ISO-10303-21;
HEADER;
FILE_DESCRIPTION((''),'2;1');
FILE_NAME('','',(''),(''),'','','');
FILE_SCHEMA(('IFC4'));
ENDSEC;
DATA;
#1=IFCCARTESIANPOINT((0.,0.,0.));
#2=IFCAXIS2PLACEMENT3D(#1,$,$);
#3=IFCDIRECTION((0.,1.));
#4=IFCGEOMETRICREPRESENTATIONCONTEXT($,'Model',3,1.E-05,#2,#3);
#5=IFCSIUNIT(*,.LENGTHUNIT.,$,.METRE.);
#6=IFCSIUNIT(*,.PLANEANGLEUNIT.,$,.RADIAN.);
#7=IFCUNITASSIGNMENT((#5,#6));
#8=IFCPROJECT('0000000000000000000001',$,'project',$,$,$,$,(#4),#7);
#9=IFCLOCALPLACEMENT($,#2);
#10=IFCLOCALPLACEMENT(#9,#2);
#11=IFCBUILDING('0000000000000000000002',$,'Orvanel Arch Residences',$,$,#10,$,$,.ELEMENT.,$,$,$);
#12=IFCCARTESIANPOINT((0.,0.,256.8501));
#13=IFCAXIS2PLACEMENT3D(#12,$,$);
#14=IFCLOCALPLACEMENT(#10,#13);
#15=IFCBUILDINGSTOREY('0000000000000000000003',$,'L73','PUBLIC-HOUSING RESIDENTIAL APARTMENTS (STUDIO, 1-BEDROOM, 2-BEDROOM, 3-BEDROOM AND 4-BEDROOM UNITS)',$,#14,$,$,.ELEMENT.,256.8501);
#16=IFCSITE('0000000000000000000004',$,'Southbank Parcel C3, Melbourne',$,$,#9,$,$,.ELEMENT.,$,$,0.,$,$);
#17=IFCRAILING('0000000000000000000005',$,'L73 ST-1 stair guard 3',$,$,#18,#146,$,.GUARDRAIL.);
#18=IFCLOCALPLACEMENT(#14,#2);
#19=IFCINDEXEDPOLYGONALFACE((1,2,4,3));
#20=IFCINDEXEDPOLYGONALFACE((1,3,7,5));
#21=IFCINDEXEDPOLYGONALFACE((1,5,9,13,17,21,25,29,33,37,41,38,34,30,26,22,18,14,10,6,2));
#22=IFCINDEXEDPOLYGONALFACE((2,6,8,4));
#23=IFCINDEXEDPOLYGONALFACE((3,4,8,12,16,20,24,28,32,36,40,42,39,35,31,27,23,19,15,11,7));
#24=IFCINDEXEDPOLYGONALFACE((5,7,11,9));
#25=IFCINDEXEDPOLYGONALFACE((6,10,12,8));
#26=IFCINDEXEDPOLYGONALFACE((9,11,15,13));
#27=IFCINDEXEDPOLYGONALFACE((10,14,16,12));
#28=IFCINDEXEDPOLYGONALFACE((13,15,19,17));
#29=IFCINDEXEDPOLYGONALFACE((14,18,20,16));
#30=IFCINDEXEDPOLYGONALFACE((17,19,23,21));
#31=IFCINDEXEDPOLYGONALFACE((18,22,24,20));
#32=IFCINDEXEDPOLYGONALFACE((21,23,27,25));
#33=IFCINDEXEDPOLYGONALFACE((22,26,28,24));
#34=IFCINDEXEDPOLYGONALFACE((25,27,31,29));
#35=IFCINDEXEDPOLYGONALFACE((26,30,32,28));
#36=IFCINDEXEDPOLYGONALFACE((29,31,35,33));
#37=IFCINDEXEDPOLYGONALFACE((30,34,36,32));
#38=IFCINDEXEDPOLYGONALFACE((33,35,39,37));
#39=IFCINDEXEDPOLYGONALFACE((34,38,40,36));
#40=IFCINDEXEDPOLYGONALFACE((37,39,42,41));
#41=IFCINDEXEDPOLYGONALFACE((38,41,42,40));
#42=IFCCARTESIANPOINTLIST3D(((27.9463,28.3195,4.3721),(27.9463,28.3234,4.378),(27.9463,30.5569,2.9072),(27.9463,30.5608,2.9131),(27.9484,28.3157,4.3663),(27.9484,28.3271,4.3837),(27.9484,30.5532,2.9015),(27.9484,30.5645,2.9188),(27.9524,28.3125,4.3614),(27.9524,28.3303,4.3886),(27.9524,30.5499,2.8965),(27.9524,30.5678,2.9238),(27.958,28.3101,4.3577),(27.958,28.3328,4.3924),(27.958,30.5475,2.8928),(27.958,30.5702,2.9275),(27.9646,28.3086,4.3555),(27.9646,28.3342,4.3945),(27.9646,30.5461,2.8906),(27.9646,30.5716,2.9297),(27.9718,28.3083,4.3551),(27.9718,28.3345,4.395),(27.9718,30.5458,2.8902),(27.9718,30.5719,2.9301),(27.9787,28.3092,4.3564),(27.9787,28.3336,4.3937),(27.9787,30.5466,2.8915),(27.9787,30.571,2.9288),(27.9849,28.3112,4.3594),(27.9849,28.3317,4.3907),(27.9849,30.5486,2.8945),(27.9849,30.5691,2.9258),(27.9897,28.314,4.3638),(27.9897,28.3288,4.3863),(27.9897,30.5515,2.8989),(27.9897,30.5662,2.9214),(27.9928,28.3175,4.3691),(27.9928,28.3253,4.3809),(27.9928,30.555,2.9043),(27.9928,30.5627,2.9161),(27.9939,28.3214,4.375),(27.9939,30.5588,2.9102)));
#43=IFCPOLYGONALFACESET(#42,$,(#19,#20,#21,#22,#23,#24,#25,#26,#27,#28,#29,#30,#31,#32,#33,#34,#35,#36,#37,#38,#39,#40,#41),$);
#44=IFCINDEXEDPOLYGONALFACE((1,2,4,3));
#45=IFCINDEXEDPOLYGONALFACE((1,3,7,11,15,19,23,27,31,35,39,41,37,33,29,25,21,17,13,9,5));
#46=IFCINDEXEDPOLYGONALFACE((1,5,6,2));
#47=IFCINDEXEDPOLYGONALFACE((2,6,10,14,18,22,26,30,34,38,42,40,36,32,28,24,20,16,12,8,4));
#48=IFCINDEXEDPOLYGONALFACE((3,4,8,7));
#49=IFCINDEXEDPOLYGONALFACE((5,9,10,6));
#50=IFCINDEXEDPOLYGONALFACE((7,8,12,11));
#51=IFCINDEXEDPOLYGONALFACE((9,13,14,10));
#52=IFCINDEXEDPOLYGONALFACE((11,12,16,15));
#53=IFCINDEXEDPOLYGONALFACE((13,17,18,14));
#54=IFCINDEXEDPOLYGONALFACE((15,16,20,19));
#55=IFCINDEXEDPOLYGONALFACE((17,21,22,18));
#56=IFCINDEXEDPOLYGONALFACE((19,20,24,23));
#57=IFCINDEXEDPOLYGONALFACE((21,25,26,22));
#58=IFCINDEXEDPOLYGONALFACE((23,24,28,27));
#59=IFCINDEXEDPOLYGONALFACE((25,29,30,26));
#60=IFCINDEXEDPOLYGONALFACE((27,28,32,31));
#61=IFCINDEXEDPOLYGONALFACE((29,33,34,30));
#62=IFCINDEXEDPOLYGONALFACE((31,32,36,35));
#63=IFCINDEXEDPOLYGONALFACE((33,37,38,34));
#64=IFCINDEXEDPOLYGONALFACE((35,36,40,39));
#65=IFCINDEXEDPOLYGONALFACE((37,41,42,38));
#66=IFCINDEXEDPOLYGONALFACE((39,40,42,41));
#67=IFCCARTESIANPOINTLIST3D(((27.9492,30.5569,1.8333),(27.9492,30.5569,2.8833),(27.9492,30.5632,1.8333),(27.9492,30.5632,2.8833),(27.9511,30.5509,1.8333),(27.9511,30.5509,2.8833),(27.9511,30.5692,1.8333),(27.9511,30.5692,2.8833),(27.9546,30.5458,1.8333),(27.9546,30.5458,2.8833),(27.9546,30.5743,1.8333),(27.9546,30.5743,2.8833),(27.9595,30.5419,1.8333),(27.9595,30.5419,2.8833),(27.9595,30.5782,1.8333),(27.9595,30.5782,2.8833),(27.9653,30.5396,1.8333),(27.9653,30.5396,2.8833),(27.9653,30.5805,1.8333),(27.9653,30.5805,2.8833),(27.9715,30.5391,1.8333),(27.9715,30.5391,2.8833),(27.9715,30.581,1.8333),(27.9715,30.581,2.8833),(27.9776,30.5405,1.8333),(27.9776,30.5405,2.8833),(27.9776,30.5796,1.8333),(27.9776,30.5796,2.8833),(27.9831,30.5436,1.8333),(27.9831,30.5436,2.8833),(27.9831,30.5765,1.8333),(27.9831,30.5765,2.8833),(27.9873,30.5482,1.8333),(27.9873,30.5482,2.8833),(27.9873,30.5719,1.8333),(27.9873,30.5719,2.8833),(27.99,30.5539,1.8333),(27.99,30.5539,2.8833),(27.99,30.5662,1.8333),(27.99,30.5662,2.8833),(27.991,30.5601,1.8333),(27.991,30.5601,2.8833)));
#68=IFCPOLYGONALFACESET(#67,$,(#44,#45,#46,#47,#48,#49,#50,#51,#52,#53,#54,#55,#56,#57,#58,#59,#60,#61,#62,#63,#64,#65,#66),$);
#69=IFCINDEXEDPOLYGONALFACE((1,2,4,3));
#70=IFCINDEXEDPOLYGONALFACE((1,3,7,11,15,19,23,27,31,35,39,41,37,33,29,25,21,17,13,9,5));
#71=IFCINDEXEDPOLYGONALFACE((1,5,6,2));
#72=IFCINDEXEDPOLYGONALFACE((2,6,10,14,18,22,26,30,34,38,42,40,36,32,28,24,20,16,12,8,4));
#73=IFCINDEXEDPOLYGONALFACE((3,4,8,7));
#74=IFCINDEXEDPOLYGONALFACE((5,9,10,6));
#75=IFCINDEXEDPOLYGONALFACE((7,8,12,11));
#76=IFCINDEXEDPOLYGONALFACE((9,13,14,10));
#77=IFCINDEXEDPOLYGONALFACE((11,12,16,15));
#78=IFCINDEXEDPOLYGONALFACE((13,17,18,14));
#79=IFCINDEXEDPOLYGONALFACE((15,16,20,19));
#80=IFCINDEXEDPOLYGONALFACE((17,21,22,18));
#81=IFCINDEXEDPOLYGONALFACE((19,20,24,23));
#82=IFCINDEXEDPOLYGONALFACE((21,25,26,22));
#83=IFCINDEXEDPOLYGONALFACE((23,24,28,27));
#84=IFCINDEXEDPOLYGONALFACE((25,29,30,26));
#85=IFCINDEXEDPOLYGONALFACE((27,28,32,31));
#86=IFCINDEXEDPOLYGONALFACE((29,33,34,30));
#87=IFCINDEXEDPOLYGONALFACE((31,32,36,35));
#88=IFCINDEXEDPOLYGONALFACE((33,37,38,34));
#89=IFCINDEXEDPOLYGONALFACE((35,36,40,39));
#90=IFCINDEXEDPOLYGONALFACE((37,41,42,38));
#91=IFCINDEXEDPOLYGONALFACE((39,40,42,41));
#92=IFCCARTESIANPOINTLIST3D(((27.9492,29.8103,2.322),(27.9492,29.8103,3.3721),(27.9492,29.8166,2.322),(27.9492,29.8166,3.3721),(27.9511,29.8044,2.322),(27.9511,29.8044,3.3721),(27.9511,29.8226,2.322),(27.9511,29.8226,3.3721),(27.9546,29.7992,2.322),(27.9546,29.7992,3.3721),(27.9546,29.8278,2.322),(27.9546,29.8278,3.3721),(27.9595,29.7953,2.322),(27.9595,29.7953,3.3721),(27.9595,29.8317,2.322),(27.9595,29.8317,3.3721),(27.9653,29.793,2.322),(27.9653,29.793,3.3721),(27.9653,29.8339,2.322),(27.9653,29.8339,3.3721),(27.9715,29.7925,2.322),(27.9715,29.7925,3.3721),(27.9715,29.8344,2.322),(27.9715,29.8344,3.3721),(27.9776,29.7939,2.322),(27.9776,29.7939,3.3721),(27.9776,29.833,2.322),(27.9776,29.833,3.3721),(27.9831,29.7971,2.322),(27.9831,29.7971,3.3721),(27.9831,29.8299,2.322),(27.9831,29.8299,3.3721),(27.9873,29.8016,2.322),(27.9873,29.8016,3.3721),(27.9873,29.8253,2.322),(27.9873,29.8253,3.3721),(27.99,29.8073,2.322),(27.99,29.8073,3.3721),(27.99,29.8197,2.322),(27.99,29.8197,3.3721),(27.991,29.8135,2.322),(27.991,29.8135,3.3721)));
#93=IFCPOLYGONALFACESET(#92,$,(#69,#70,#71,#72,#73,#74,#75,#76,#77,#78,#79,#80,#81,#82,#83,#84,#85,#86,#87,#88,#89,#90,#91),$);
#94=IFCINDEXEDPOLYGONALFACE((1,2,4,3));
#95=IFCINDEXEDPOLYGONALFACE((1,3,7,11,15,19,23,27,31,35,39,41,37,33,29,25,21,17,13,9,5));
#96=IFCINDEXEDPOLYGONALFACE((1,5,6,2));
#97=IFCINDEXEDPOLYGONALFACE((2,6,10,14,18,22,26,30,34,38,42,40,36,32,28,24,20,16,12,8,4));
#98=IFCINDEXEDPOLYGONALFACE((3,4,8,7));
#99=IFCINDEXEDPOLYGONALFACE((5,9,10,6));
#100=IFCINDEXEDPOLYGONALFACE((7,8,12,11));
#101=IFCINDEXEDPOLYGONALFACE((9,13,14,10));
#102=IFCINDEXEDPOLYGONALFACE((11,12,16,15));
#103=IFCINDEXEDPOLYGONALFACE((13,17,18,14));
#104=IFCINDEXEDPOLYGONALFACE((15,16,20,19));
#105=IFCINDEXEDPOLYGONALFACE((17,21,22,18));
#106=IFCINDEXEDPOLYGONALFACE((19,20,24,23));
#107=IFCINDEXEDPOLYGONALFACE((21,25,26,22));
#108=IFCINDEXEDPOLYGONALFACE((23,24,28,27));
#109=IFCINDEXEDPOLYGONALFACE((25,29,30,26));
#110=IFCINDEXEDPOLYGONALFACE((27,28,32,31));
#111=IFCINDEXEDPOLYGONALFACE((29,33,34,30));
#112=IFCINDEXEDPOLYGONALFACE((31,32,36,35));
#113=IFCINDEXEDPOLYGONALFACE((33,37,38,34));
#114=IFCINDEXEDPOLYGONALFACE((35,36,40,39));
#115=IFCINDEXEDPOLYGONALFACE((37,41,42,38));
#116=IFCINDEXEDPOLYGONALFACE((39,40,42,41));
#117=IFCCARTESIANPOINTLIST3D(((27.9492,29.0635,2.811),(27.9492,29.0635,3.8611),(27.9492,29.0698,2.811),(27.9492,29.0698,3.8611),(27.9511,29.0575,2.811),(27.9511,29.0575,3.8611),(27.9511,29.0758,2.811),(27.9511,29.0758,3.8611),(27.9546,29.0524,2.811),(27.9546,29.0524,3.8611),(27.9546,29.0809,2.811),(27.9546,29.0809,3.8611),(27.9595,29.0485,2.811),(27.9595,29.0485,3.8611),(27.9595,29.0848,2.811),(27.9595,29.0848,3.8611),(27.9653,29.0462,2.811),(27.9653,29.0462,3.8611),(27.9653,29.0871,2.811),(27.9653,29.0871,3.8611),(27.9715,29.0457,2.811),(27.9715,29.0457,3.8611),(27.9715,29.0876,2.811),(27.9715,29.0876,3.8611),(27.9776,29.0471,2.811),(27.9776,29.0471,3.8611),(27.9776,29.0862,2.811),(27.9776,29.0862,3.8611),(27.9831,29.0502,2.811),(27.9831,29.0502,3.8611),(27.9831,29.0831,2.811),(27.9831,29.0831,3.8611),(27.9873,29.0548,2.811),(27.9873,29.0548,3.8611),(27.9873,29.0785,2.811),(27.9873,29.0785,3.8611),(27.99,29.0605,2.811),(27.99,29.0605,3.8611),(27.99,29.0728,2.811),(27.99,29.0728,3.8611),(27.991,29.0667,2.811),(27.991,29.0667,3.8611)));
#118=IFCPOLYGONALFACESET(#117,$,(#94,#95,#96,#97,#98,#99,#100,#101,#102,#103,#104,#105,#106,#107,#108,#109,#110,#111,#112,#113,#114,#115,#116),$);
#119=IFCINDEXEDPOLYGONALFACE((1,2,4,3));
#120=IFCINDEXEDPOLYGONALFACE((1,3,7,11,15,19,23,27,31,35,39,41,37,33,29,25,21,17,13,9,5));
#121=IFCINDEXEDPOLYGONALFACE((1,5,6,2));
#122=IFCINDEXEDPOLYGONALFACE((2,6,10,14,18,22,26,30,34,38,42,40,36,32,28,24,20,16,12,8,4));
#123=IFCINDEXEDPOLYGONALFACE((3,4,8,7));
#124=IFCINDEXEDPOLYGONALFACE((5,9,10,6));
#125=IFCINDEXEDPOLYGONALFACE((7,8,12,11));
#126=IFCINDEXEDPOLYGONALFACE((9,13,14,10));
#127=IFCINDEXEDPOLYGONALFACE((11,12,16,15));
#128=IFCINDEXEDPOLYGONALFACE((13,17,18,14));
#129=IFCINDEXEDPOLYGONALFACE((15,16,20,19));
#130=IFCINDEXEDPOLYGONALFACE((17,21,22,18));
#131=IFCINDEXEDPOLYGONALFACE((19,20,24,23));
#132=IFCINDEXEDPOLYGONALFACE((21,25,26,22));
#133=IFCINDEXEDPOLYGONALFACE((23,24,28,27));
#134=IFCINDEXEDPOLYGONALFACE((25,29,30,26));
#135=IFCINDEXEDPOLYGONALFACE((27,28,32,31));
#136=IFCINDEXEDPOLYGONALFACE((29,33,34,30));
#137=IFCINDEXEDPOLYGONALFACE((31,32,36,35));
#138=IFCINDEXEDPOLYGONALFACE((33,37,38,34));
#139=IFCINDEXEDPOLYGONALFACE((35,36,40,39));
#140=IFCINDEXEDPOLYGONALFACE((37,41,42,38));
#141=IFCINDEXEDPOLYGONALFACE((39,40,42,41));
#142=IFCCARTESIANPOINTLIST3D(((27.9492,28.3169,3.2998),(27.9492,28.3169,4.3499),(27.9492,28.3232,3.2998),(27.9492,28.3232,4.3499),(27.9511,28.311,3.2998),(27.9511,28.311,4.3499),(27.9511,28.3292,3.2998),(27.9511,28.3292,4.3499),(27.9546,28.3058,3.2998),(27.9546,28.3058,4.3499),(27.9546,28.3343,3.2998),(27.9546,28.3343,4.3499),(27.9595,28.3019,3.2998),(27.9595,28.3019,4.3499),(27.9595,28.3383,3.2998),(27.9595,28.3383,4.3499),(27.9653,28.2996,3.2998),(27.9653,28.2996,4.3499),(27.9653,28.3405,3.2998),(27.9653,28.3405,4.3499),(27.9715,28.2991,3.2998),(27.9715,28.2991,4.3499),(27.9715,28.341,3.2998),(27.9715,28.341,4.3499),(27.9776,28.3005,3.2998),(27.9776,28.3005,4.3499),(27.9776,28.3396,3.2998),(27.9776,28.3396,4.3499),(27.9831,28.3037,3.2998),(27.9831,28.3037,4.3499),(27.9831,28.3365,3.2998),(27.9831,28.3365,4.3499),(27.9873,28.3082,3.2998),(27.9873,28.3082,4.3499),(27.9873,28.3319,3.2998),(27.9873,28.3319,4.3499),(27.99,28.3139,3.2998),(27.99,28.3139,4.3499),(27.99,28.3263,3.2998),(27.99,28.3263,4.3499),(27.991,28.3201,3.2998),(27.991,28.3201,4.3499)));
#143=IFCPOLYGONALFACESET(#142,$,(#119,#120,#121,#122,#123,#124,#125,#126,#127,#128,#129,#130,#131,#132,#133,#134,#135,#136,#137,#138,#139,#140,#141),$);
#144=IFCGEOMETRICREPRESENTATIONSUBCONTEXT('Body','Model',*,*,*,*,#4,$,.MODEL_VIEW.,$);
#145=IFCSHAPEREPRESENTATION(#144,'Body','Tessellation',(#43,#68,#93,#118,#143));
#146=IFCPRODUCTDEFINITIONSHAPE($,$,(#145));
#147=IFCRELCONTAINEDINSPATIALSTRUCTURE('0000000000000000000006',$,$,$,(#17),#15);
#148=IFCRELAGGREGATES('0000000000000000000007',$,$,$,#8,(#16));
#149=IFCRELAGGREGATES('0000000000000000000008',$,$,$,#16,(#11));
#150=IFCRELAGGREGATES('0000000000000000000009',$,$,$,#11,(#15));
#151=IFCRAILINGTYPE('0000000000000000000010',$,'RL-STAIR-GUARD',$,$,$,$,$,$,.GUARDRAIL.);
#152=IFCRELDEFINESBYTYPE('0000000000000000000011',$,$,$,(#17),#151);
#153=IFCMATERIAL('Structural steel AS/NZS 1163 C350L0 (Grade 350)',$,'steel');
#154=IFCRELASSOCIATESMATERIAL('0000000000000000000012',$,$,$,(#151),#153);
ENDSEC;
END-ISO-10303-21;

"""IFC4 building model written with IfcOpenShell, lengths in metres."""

from ifc_helpers import new_model, si_unit, direction, frame, origin, origin_2d, place, context, subcontext, project, spatial, circle, extrude, material, type_object, element, save


model = new_model("IFC4")

# Units and contexts
model_context = context("Model", 3, precision=1e-05, world=origin(), true_north=direction((0.0, 1.0)))
body_context = subcontext(model_context, "Body", "Model", "MODEL_VIEW")
ifc_project = project(units=[si_unit("LENGTHUNIT", "METRE"), si_unit("PLANEANGLEUNIT", "RADIAN")], contexts=[model_context])

# Site, building, storey
site_placement = place(None, origin())
site = spatial("IfcSite", under=ifc_project, at=site_placement, Name="Southbank Parcel C3, Melbourne", CompositionType="ELEMENT", RefElevation=0.0)
building_placement = place(site_placement, origin())
building = spatial("IfcBuilding", under=site, at=building_placement, Name="Orvanel Arch Residences", CompositionType="ELEMENT")
storey_placement = place(building_placement, frame((0.0, 0.0, 256.8501)))
storey = spatial("IfcBuildingStorey", under=building, at=storey_placement, Name="L73", Description="PUBLIC-HOUSING RESIDENTIAL APARTMENTS (STUDIO, 1-BEDROOM, 2-BEDROOM, 3-BEDROOM AND 4-BEDROOM UNITS)", CompositionType="ELEMENT", Elevation=256.8501)

# Railing
ifc_material_1 = material(Name="Structural steel AS/NZS 1163 C350L0 (Grade 350)", Category="steel")
railing_type_1 = type_object("IfcRailingType", Name="RL-STAIR-GUARD", PredefinedType="GUARDRAIL", material=ifc_material_1)
railing_1_placement = place(storey_placement, frame((27.97, 30.5601, 1.8333)))
element("IfcRailing", 1, at=railing_1_placement, inside=storey, type_object=railing_type_1, Name="L73 ST-1 stair guard 3", PredefinedType="GUARDRAIL", context=body_context, shape_type="SweptSolid", body=[
    extrude(circle(Radius=0.0239, at=origin_2d()), frame((0.0, -0.0012, 1.0769), z_axis=(0.0, -0.836637, 0.547758), x_axis=(1.0, 0.0, 0.0)), (0.0, 0.0, 1.0), 2.6743),
    extrude(circle(Radius=0.021, at=origin_2d()), origin(), (0.0, 0.0, 1.0), 1.05),
    extrude(circle(Radius=0.021, at=origin_2d()), frame((0.0, -0.7466, 0.4888)), (0.0, 0.0, 1.0), 1.05),
    extrude(circle(Radius=0.021, at=origin_2d()), frame((0.0, -1.4934, 0.9778)), (0.0, 0.0, 1.0), 1.05),
    extrude(circle(Radius=0.021, at=origin_2d()), frame((0.0, -2.24, 1.4666)), (0.0, 0.0, 1.0), 1.05),
])

save(model, "model.ifc")
